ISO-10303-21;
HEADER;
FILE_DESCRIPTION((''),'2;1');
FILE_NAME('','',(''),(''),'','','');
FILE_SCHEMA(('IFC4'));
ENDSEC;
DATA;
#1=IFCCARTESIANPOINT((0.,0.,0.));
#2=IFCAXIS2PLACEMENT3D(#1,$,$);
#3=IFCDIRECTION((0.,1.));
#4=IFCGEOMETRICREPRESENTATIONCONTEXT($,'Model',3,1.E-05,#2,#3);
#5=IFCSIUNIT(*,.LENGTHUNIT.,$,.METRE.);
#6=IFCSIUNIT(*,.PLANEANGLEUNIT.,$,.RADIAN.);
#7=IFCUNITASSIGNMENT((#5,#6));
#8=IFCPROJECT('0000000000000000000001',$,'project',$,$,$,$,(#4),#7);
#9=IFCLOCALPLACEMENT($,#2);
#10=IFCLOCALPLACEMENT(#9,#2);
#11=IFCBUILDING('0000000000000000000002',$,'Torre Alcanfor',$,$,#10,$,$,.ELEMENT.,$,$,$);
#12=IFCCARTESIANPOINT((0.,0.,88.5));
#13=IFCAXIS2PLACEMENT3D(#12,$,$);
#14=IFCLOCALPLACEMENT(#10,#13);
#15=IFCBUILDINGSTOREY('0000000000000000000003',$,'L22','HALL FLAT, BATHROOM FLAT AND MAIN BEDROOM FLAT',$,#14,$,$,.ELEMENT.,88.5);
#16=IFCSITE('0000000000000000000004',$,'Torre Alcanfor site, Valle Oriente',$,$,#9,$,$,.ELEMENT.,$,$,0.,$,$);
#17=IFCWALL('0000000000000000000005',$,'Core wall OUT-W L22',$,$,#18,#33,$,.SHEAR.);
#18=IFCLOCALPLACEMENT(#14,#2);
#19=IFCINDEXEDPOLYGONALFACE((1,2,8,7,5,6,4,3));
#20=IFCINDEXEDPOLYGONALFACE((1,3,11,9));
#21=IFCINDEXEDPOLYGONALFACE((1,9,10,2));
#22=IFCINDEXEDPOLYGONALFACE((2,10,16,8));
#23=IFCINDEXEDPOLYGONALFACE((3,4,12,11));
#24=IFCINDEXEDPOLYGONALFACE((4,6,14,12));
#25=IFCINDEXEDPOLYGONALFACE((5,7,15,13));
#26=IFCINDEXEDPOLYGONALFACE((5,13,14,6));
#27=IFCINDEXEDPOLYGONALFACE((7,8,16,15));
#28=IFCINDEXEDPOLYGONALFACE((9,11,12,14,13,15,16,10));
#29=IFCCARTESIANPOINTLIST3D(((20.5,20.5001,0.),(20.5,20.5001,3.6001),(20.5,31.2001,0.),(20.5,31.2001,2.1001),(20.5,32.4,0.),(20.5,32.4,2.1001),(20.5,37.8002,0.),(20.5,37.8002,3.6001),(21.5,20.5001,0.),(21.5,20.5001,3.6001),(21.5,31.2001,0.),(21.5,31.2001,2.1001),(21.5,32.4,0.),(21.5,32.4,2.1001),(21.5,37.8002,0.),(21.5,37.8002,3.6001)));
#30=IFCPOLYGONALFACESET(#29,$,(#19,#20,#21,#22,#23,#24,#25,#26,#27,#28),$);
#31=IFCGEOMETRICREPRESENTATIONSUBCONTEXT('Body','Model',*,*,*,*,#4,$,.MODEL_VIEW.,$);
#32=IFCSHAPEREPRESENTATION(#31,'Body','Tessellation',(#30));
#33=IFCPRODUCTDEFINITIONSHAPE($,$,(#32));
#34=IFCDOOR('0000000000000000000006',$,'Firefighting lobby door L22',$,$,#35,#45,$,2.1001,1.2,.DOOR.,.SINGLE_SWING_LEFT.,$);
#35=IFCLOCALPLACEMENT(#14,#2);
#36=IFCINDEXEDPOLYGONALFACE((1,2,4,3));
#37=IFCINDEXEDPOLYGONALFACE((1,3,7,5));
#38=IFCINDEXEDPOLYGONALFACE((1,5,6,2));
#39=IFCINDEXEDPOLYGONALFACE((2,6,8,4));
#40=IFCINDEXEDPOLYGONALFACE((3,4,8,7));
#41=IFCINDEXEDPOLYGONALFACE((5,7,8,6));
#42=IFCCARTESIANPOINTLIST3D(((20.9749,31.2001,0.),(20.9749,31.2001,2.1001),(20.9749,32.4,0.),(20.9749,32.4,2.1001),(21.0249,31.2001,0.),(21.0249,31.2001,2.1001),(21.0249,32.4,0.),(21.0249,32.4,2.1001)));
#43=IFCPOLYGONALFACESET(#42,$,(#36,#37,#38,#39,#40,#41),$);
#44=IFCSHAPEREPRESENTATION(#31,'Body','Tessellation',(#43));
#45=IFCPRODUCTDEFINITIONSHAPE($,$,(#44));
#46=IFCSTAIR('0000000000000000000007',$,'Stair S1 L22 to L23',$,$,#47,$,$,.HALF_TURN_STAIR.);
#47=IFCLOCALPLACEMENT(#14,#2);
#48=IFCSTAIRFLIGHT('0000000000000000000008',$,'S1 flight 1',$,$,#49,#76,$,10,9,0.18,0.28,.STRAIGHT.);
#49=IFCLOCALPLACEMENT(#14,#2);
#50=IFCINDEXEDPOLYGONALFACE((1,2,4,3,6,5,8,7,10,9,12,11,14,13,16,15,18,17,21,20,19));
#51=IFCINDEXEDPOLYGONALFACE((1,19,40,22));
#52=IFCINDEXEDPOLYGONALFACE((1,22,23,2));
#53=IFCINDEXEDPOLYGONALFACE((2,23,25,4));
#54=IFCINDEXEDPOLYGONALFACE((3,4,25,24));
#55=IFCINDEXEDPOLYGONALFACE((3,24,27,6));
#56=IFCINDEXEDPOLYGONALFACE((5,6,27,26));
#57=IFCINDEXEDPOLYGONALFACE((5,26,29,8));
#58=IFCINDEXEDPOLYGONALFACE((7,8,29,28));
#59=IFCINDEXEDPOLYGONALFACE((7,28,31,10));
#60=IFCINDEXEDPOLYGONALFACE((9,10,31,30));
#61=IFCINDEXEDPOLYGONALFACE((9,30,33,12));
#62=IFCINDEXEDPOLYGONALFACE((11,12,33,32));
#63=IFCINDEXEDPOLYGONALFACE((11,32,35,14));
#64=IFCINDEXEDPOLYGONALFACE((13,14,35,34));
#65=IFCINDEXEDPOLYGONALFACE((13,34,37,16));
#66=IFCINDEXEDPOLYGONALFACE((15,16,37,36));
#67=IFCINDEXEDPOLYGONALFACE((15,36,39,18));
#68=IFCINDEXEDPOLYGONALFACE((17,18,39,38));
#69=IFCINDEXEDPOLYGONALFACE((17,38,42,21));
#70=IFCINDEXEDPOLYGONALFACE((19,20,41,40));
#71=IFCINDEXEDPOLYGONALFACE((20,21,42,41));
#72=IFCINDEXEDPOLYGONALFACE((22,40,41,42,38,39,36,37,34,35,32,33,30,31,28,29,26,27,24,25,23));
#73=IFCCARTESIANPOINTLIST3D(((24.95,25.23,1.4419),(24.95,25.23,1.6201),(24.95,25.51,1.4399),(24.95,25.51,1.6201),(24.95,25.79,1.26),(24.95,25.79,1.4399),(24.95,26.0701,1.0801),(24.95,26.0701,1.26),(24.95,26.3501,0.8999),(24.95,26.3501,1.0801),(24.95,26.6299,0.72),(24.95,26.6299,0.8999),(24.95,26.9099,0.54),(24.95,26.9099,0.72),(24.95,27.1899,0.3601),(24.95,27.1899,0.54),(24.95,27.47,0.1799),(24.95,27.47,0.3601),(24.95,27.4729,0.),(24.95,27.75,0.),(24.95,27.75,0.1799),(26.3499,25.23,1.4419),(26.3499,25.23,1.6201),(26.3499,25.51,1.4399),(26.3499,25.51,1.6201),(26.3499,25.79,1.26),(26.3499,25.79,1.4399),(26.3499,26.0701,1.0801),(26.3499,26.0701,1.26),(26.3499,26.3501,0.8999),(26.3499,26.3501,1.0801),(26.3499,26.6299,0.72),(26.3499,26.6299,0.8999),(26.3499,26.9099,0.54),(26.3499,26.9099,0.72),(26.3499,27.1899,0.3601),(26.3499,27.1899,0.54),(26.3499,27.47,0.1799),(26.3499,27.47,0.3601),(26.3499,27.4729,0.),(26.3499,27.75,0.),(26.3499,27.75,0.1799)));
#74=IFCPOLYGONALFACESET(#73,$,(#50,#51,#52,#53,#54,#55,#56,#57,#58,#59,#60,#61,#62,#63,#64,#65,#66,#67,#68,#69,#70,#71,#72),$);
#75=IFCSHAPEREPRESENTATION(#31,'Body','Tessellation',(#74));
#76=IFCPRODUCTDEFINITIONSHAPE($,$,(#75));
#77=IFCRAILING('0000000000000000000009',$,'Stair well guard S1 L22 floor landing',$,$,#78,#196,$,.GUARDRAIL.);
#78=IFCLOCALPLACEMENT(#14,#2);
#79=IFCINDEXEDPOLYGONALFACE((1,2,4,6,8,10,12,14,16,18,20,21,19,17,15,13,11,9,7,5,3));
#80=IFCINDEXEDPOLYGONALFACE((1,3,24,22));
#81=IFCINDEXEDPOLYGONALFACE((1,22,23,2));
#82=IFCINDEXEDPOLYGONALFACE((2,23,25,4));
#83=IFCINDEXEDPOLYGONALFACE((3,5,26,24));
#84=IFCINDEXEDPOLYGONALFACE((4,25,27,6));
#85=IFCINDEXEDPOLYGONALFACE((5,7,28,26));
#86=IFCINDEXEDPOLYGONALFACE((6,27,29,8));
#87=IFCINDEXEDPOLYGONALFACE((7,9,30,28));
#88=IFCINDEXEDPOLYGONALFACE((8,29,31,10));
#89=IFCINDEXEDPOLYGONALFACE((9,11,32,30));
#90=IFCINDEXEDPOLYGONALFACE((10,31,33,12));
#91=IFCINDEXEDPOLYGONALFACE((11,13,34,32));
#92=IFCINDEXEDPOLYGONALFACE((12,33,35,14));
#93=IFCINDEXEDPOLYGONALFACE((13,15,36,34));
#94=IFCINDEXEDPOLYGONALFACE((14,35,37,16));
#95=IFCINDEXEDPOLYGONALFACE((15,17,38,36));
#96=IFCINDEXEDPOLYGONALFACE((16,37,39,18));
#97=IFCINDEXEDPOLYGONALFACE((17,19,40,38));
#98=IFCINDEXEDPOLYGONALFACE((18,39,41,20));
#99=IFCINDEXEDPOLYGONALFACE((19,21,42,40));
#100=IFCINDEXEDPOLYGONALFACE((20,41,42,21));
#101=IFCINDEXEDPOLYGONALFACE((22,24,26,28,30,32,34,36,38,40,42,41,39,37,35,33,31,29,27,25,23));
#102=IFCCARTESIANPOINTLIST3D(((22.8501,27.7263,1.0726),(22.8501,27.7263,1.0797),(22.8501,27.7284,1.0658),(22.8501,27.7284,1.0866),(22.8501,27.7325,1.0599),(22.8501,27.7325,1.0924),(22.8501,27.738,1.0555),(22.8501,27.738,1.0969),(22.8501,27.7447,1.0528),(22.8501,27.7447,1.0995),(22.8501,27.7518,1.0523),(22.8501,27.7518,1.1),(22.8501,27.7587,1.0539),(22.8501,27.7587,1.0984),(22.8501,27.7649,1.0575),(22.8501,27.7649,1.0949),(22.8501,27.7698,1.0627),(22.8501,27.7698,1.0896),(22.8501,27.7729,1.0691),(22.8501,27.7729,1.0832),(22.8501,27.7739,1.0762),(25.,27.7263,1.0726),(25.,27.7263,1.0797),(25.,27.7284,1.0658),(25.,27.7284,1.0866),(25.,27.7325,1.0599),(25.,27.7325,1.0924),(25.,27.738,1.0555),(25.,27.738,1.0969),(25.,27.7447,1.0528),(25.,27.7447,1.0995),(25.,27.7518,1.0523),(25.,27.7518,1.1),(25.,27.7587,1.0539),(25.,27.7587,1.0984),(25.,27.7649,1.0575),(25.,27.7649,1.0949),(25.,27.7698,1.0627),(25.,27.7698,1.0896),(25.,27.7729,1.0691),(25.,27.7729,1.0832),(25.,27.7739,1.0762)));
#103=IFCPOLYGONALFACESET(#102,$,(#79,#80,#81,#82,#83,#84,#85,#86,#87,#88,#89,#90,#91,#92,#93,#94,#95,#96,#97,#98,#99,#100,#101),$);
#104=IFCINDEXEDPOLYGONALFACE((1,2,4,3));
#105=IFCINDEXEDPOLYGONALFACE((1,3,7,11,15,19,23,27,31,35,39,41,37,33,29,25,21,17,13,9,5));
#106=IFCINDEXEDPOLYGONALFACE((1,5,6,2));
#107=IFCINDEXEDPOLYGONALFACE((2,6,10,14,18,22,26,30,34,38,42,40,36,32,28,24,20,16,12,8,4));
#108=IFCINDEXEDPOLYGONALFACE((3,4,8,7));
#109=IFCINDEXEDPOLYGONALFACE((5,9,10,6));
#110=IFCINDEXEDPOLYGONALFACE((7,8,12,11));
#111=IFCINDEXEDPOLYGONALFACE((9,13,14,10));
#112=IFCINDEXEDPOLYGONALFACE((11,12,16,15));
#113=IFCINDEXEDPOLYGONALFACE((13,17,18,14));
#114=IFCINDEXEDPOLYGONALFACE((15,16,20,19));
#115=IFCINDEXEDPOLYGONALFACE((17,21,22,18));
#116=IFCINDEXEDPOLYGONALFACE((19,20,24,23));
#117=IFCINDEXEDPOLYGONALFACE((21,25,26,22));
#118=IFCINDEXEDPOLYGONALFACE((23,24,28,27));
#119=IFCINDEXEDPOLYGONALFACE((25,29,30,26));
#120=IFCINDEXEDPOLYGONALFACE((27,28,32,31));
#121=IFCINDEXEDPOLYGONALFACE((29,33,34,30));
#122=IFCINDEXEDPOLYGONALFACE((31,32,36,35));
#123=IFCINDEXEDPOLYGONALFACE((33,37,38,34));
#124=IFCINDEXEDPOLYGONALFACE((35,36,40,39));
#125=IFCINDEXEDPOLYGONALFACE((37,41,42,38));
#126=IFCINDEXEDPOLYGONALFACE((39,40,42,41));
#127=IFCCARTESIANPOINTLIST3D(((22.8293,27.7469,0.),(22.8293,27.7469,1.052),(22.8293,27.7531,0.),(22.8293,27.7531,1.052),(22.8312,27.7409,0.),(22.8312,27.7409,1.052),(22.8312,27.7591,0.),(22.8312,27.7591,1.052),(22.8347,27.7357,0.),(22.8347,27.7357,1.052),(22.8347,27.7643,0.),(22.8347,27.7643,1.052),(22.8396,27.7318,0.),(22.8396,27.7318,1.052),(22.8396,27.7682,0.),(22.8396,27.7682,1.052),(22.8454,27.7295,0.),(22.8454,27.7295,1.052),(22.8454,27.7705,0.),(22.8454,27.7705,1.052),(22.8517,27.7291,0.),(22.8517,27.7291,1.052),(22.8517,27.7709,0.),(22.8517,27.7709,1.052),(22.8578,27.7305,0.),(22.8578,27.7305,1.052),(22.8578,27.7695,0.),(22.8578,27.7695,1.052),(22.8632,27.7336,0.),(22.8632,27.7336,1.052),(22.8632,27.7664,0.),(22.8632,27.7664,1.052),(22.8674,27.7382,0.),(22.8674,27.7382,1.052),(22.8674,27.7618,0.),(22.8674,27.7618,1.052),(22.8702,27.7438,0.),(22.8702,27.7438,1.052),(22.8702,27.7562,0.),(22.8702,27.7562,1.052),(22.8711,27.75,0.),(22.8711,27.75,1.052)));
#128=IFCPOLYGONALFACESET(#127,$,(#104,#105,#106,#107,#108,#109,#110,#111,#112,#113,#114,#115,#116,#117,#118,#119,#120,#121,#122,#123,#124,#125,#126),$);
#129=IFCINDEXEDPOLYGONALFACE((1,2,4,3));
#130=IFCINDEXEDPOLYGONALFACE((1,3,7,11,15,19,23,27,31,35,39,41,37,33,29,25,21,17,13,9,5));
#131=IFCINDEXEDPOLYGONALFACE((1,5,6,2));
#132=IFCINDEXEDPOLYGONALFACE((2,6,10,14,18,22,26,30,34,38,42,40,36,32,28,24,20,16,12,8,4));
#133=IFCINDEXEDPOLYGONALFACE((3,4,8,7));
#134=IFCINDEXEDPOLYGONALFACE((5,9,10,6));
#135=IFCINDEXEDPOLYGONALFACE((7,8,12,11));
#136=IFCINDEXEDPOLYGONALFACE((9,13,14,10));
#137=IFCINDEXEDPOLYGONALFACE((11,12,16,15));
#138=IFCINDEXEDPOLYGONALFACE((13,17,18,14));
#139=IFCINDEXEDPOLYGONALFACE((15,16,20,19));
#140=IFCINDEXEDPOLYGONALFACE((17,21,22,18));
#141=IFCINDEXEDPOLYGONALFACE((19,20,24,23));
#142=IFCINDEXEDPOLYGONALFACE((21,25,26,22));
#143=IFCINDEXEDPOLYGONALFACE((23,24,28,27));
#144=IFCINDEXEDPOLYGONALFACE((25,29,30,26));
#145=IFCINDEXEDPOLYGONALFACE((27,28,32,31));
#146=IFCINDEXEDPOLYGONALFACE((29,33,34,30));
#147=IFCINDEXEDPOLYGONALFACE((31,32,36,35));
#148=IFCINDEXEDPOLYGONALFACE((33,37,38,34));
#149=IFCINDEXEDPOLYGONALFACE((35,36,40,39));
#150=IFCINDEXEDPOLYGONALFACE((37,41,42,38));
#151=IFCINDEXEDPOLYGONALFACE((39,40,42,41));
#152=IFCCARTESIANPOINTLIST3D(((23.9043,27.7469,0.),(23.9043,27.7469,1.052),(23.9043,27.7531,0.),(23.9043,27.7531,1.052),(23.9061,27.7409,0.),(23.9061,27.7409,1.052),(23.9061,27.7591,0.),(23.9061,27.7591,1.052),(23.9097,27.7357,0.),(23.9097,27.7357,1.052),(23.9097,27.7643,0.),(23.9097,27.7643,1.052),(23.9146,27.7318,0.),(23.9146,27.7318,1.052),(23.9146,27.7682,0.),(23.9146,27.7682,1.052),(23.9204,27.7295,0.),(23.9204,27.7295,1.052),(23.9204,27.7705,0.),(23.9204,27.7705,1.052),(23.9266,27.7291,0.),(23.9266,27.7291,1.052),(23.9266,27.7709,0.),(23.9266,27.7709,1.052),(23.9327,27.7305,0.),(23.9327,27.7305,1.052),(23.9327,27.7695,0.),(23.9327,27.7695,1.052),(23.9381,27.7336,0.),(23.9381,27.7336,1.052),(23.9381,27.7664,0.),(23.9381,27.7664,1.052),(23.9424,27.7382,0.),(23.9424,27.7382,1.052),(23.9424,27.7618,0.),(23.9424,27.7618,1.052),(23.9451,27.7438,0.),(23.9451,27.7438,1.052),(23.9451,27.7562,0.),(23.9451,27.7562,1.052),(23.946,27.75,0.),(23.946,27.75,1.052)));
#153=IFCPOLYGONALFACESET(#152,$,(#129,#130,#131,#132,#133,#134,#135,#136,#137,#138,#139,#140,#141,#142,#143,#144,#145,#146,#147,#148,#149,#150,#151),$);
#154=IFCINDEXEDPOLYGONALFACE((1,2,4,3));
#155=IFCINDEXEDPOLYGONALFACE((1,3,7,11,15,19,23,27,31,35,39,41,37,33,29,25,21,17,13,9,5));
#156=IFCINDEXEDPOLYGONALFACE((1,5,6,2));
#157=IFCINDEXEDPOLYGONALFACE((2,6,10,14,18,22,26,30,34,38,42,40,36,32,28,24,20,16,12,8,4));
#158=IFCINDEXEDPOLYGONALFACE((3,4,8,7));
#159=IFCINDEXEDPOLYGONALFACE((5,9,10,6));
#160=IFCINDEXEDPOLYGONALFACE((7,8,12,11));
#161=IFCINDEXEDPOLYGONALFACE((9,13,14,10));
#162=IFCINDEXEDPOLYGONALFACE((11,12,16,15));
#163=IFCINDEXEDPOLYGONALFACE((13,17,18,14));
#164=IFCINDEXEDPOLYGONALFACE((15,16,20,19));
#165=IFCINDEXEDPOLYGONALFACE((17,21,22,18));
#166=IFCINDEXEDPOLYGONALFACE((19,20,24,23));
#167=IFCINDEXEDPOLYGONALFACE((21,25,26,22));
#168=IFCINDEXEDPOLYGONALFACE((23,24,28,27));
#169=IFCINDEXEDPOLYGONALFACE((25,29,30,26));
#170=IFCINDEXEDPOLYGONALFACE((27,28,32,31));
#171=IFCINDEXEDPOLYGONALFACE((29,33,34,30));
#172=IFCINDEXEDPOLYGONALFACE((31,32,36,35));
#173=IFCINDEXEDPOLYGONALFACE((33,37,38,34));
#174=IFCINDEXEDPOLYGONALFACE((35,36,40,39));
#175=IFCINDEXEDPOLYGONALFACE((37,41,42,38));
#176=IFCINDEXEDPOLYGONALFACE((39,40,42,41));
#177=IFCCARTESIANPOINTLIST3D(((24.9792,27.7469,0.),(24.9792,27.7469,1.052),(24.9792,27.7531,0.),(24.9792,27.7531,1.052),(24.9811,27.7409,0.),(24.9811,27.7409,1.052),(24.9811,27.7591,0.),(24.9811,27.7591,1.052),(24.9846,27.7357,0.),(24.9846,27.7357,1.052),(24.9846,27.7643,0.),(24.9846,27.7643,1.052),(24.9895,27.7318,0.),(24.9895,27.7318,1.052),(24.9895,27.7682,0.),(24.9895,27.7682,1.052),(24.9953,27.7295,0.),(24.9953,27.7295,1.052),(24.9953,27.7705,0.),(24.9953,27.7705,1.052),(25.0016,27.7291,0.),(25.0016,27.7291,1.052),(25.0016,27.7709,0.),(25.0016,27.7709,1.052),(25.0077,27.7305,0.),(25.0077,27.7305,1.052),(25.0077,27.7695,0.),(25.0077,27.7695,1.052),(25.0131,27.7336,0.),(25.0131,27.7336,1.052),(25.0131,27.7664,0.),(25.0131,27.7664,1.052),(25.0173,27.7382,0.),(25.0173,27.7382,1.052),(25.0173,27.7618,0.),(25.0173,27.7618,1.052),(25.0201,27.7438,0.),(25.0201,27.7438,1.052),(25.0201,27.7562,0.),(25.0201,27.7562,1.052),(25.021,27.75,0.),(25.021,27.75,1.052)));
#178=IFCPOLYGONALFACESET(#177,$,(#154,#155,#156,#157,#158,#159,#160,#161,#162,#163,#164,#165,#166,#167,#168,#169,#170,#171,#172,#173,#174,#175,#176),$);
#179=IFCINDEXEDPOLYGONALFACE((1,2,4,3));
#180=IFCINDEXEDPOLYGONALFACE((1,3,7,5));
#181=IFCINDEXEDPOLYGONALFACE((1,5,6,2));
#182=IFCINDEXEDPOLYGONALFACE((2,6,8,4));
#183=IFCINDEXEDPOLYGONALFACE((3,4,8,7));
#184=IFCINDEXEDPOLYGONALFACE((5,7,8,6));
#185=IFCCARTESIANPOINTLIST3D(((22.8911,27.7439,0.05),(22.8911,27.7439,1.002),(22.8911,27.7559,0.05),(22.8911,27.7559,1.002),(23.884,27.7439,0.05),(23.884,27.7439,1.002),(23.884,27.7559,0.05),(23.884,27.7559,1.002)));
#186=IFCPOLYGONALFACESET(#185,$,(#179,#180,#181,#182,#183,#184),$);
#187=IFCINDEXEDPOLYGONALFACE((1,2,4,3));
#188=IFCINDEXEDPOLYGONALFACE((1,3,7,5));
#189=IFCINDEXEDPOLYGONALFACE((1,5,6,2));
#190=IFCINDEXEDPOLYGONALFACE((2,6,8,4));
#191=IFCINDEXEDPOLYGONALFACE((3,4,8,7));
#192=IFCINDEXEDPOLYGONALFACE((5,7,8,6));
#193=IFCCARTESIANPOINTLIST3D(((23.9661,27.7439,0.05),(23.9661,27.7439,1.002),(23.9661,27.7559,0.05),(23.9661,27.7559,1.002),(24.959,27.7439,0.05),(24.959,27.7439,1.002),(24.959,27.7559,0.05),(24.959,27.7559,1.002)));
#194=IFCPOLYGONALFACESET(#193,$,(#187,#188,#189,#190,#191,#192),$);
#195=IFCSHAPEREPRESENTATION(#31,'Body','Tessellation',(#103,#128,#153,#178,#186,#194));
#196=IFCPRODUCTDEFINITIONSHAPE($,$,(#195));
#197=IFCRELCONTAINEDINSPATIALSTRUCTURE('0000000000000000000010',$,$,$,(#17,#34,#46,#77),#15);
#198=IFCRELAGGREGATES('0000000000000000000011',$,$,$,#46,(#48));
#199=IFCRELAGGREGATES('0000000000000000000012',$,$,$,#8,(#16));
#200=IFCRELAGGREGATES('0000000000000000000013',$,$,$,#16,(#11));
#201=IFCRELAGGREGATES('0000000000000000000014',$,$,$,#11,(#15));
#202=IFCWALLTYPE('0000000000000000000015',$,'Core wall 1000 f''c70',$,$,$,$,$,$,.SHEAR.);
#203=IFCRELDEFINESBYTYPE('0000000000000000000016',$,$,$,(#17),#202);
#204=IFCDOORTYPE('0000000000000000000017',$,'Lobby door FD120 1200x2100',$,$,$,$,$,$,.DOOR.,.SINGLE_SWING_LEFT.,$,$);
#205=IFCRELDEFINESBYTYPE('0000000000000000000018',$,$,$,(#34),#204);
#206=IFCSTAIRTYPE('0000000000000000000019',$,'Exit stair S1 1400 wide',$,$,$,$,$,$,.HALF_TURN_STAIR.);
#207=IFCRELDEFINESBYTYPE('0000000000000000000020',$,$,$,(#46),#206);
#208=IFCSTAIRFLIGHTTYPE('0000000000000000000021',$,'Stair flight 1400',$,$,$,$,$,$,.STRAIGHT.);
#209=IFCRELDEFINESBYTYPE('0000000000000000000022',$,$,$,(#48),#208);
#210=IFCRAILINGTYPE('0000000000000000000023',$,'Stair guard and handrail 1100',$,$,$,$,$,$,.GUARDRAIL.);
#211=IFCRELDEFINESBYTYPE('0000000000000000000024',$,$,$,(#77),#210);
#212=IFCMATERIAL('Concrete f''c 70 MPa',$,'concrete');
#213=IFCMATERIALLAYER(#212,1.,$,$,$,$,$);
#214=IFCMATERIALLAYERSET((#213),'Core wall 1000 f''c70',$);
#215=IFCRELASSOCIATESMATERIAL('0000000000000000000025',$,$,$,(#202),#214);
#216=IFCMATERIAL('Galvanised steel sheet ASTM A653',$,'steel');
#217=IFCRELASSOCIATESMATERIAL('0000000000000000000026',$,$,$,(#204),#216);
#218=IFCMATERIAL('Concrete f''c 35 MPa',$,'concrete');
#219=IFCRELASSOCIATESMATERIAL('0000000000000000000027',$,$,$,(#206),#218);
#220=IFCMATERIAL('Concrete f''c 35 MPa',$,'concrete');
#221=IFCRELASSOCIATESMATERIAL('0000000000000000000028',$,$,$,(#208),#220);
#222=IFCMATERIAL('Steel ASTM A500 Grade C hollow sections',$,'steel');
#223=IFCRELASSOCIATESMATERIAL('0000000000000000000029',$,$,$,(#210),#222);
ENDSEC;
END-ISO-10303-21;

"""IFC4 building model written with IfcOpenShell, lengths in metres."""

from ifc_helpers import new_model, si_unit, direction, frame, frame_2d, origin, origin_2d, place, context, subcontext, project, spatial, polyline, rectangle, circle, outline, extrude, material, layer, layer_set, type_object, element, fill, aggregate, save


model = new_model("IFC4")

# Units and contexts
model_context = context("Model", 3, precision=1e-05, world=origin(), true_north=direction((0.0, 1.0)))
body_context = subcontext(model_context, "Body", "Model", "MODEL_VIEW")
ifc_project = project(units=[si_unit("LENGTHUNIT", "METRE"), si_unit("PLANEANGLEUNIT", "RADIAN")], contexts=[model_context])

# Site, building, storey
site_placement = place(None, origin())
site = spatial("IfcSite", under=ifc_project, at=site_placement, Name="Torre Alcanfor site, Valle Oriente", CompositionType="ELEMENT", RefElevation=0.0)
building_placement = place(site_placement, origin())
building = spatial("IfcBuilding", under=site, at=building_placement, Name="Torre Alcanfor", CompositionType="ELEMENT")
storey_placement = place(building_placement, frame((0.0, 0.0, 88.5)))
storey = spatial("IfcBuildingStorey", under=building, at=storey_placement, Name="L22", Description="HALL FLAT, BATHROOM FLAT AND MAIN BEDROOM FLAT", CompositionType="ELEMENT", Elevation=88.5)

# Wall, opening, door
ifc_material_1 = material(Name="Concrete f'c 70 MPa", Category="concrete")
ifc_layer_1 = layer(ifc_material_1, 1.0)
ifc_layer_set_1 = layer_set([ifc_layer_1], Name="Core wall 1000 f'c70")
wall_type_1 = type_object("IfcWallType", Name="Core wall 1000 f'c70", PredefinedType="SHEAR", material=ifc_layer_set_1)
wall_1_placement = place(storey_placement, frame((21.0, 37.8, 0.0), z_axis=(0.0, 0.0, 1.0), x_axis=(0.0, -1.0, 0.0)))
wall_1 = element("IfcWall", 1, at=wall_1_placement, inside=storey, type_object=wall_type_1, Name="Core wall OUT-W L22", PredefinedType="SHEAR", context=body_context, shape_type="SweptSolid", body=[
    extrude(rectangle(XDim=17.3, YDim=1.0, at=frame_2d((8.6499, 0.0))), origin(), (0.0, 0.0, 1.0), 3.6001),
])
opening_1_placement = place(wall_1_placement, frame((5.3999, 0.0, 0.0)))
opening_1 = element("IfcOpeningElement", 2, at=opening_1_placement, cuts=wall_1, PredefinedType="OPENING", context=body_context, shape_type="SweptSolid", body=[
    extrude(rectangle(XDim=1.2, YDim=2.1001, at=frame_2d((0.6001, 1.05))), frame((0.0, 0.51, 0.0), z_axis=(0.0, -1.0, 0.0), x_axis=(1.0, 0.0, 0.0)), (0.0, 0.0, 1.0), 1.02),
])
ifc_material_2 = material(Name="Galvanised steel sheet ASTM A653", Category="steel")
door_type_1 = type_object("IfcDoorType", Name="Lobby door FD120 1200x2100", OperationType="SINGLE_SWING_LEFT", PredefinedType="DOOR", material=ifc_material_2)
door_1_placement = place(opening_1_placement, origin())
door_1 = element("IfcDoor", 3, at=door_1_placement, inside=storey, type_object=door_type_1, Name="Firefighting lobby door L22", OperationType="SINGLE_SWING_LEFT", OverallHeight=2.1001, OverallWidth=1.2, PredefinedType="DOOR", context=body_context, shape_type="SweptSolid", body=[
    extrude(rectangle(XDim=1.2, YDim=2.1001, at=frame_2d((0.6001, 1.05))), frame((0.0, 0.0249, 0.0), z_axis=(0.0, -1.0, 0.0), x_axis=(1.0, 0.0, 0.0)), (0.0, 0.0, 1.0), 0.05),
])
fill(opening_1, door_1)

# Stair, stair flight
ifc_material_3 = material(Name="Concrete f'c 35 MPa", Category="concrete")
stair_type = type_object("IfcStairType", Name="Exit stair S1 1400 wide", PredefinedType="HALF_TURN_STAIR", material=ifc_material_3)
stair_placement = place(storey_placement, origin())
stair = element("IfcStair", 4, at=stair_placement, inside=storey, type_object=stair_type, Name="Stair S1 L22 to L23", PredefinedType="HALF_TURN_STAIR")
ifc_material_4 = material(Name="Concrete f'c 35 MPa", Category="concrete")
stair_flight_type = type_object("IfcStairFlightType", Name="Stair flight 1400", PredefinedType="STRAIGHT", material=ifc_material_4)
stair_flight_placement = place(storey_placement, frame((25.6499, 27.75, 0.0), z_axis=(0.0, 0.0, 1.0), x_axis=(0.0, -1.0, 0.0)))
stair_flight = element("IfcStairFlight", 5, at=stair_flight_placement, type_object=stair_flight_type, Name="S1 flight 1", NumberOfRisers=10, NumberOfTreads=9, PredefinedType="STRAIGHT", RiserHeight=0.18, TreadLength=0.28, context=body_context, shape_type="SweptSolid", body=[
    extrude(outline(polyline([(0.0, 0.0), (0.0, 0.1799), (0.28, 0.1799), (0.28, 0.3601), (0.5601, 0.3601), (0.5601, 0.54), (0.8401, 0.54), (0.8401, 0.72), (1.1201, 0.72), (1.1201, 0.8999), (1.3999, 0.8999), (1.3999, 1.0801), (1.6799, 1.0801), (1.6799, 1.26), (1.96, 1.26), (1.96, 1.4399), (2.24, 1.4399), (2.24, 1.6201), (2.52, 1.6201), (2.52, 1.8), (2.52, 1.4419), (0.2771, 0.0), (0.0, 0.0)])), frame((0.0, 0.7, 0.0), z_axis=(0.0, -1.0, 0.0), x_axis=(1.0, 0.0, 0.0)), (0.0, 0.0, 1.0), 1.3999),
])
aggregate(stair, [stair_flight])

# Railing
ifc_material_5 = material(Name="Steel ASTM A500 Grade C hollow sections", Category="steel")
railing_type_1 = type_object("IfcRailingType", Name="Stair guard and handrail 1100", PredefinedType="GUARDRAIL", material=ifc_material_5)
railing_1_placement = place(storey_placement, frame((22.8501, 27.75, 0.0)))
element("IfcRailing", 6, at=railing_1_placement, inside=storey, type_object=railing_type_1, Name="Stair well guard S1 L22 floor landing", PredefinedType="GUARDRAIL", context=body_context, shape_type="SweptSolid", body=[
    extrude(circle(Radius=0.0239, at=origin_2d()), frame((0.0, 0.0, 1.0762), z_axis=(1.0, 0.0, 0.0), x_axis=(0.0, 1.0, 0.0)), (0.0, 0.0, 1.0), 2.1499),
    extrude(circle(Radius=0.021, at=origin_2d()), origin(), (0.0, 0.0, 1.0), 1.052),
    extrude(circle(Radius=0.021, at=origin_2d()), frame((1.075, 0.0, 0.0)), (0.0, 0.0, 1.0), 1.052),
    extrude(circle(Radius=0.021, at=origin_2d()), frame((2.1499, 0.0, 0.0)), (0.0, 0.0, 1.0), 1.052),
    extrude(outline(polyline([(0.041, 0.05), (1.0339, 0.05), (1.0339, 1.002), (0.041, 1.002), (0.041, 0.05)])), frame((0.0, 0.0059, 0.0), z_axis=(0.0, -1.0, 0.0), x_axis=(1.0, 0.0, 0.0)), (0.0, 0.0, 1.0), 0.012),
    extrude(outline(polyline([(1.116, 0.05), (2.1089, 0.05), (2.1089, 1.002), (1.116, 1.002), (1.116, 0.05)])), frame((0.0, 0.0059, 0.0), z_axis=(0.0, -1.0, 0.0), x_axis=(1.0, 0.0, 0.0)), (0.0, 0.0, 1.0), 0.012),
])

save(model, "model.ifc")
